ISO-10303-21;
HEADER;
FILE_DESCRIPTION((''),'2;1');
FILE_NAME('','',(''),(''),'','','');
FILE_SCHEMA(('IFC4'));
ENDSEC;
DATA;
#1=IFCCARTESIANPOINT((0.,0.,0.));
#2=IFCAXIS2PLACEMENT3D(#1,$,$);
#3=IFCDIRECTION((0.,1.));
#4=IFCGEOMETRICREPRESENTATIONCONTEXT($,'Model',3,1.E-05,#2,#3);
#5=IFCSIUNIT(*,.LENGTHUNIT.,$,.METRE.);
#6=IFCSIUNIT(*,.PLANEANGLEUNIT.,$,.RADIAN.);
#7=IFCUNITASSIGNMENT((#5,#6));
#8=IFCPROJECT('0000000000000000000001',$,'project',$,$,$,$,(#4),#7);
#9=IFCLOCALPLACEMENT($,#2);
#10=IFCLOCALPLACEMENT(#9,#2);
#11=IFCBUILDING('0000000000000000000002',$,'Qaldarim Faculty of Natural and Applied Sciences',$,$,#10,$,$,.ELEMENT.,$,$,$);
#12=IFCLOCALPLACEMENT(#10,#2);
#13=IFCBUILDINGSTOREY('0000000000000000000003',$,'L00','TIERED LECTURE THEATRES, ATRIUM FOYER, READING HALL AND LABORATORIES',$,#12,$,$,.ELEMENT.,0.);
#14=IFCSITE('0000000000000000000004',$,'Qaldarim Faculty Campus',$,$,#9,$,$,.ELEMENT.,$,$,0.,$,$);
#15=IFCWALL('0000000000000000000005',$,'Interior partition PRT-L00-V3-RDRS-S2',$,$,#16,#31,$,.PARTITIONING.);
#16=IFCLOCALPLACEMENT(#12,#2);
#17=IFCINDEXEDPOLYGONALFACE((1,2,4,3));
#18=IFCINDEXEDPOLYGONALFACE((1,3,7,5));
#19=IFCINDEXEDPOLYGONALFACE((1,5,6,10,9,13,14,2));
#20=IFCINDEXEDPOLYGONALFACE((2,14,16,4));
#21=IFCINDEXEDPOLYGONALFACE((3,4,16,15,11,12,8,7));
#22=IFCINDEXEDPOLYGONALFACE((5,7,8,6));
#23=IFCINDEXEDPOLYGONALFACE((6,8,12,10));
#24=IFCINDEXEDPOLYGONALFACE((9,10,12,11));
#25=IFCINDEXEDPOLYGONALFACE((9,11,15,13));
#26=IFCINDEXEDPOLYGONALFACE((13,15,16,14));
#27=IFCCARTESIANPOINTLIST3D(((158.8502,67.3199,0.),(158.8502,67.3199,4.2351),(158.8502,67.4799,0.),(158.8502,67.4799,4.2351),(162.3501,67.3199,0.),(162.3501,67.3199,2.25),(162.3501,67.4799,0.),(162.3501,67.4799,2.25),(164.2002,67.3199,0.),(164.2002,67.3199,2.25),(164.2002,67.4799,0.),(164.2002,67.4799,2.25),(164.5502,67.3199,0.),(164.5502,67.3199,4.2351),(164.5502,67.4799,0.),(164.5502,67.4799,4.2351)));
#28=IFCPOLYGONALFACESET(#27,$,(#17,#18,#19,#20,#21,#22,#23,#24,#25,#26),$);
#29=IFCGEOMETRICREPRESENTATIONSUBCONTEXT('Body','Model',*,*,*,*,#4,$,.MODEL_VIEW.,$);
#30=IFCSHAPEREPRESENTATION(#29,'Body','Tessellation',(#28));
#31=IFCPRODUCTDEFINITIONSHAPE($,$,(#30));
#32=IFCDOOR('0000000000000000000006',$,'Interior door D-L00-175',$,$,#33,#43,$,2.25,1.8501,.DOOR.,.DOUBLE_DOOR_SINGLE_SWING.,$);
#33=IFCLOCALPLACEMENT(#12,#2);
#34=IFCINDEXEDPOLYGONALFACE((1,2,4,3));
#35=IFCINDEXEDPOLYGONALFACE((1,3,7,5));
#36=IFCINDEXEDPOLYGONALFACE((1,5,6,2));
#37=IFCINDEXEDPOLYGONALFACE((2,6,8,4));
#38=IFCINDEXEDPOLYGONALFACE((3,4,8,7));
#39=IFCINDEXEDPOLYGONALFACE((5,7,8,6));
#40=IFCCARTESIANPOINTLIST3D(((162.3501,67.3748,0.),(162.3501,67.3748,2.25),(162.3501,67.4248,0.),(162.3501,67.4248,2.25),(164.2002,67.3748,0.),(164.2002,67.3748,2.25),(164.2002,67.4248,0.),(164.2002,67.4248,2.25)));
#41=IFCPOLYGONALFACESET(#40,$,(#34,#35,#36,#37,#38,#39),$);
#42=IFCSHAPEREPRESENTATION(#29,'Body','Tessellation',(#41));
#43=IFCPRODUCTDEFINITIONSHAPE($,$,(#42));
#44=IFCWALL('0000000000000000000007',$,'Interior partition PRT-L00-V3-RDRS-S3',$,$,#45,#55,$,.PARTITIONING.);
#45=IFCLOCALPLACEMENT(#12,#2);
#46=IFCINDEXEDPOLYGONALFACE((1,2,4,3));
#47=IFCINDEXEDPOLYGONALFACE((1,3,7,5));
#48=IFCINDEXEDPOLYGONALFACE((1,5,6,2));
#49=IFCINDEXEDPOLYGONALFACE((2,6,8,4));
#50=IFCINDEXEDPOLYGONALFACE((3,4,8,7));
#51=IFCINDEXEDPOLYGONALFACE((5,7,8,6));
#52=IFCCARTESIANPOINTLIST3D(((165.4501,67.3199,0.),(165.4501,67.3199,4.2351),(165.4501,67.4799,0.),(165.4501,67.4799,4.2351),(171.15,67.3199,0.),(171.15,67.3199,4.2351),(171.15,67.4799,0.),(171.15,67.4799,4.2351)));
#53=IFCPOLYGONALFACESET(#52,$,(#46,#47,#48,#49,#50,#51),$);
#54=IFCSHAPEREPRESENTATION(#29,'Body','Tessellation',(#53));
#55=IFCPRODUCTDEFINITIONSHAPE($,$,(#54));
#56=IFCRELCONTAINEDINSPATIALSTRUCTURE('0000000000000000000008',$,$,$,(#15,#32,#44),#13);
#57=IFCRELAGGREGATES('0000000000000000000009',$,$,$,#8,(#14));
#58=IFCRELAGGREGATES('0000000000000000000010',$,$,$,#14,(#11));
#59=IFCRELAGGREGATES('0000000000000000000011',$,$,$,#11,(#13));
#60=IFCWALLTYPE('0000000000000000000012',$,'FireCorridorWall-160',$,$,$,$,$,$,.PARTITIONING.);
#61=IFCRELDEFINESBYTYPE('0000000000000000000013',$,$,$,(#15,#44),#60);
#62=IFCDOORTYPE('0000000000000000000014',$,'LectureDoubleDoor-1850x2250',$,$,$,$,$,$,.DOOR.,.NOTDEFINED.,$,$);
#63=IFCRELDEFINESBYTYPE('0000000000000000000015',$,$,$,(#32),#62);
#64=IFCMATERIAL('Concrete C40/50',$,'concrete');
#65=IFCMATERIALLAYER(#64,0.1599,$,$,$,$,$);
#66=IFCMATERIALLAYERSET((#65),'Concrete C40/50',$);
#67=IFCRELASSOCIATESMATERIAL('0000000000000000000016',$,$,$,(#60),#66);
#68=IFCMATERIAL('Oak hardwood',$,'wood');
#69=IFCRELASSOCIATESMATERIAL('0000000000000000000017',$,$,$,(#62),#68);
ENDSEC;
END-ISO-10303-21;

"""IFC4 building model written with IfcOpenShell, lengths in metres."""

from ifc_helpers import new_model, si_unit, direction, frame, frame_2d, origin, place, context, subcontext, project, spatial, rectangle, extrude, material, layer, layer_set, type_object, element, fill, save


model = new_model("IFC4")

# Units and contexts
model_context = context("Model", 3, precision=1e-05, world=origin(), true_north=direction((0.0, 1.0)))
body_context = subcontext(model_context, "Body", "Model", "MODEL_VIEW")
ifc_project = project(units=[si_unit("LENGTHUNIT", "METRE"), si_unit("PLANEANGLEUNIT", "RADIAN")], contexts=[model_context])

# Site, building, storey
site_placement = place(None, origin())
site = spatial("IfcSite", under=ifc_project, at=site_placement, Name="Qaldarim Faculty Campus", CompositionType="ELEMENT", RefElevation=0.0)
building_placement = place(site_placement, origin())
building = spatial("IfcBuilding", under=site, at=building_placement, Name="Qaldarim Faculty of Natural and Applied Sciences", CompositionType="ELEMENT")
storey_placement = place(building_placement, origin())
storey = spatial("IfcBuildingStorey", under=building, at=storey_placement, Name="L00", Description="TIERED LECTURE THEATRES, ATRIUM FOYER, READING HALL AND LABORATORIES", CompositionType="ELEMENT", Elevation=0.0)

# Shared definitions
ifc_material_1 = material(Name="Concrete C40/50", Category="concrete")

# Wall, opening, door
ifc_layer_1 = layer(ifc_material_1, 0.1599)
ifc_layer_set_1 = layer_set([ifc_layer_1], Name="Concrete C40/50")
wall_type_1 = type_object("IfcWallType", Name="FireCorridorWall-160", PredefinedType="PARTITIONING", material=ifc_layer_set_1)
wall_1_placement = place(storey_placement, frame((158.8501, 67.3999, 0.0), z_axis=(0.0, 0.0, 1.0), x_axis=(1.0, 0.0, 0.0)))
wall_1 = element("IfcWall", 1, at=wall_1_placement, inside=storey, type_object=wall_type_1, Name="Interior partition PRT-L00-V3-RDRS-S2", PredefinedType="PARTITIONING", context=body_context, shape_type="SweptSolid", body=[
    extrude(rectangle(XDim=5.7, YDim=0.1599, at=frame_2d((2.8501, 0.0))), origin(), (0.0, 0.0, 1.0), 4.2351),
])
opening_1_placement = place(wall_1_placement, frame((3.5, 0.0, 0.0)))
opening_1 = element("IfcOpeningElement", 2, at=opening_1_placement, cuts=wall_1, PredefinedType="OPENING", context=body_context, shape_type="SweptSolid", body=[
    extrude(rectangle(XDim=1.8501, YDim=2.25, at=frame_2d((0.925, 1.125))), frame((0.0, 0.0898, 0.0), z_axis=(0.0, -1.0, 0.0), x_axis=(1.0, 0.0, 0.0)), (0.0, 0.0, 1.0), 0.1799),
])
ifc_material_2 = material(Name="Oak hardwood", Category="wood")
door_type_1 = type_object("IfcDoorType", Name="LectureDoubleDoor-1850x2250", OperationType="NOTDEFINED", PredefinedType="DOOR", material=ifc_material_2)
door_1_placement = place(opening_1_placement, origin())
door_1 = element("IfcDoor", 3, at=door_1_placement, inside=storey, type_object=door_type_1, Name="Interior door D-L00-175", OperationType="DOUBLE_DOOR_SINGLE_SWING", OverallHeight=2.25, OverallWidth=1.8501, PredefinedType="DOOR", context=body_context, shape_type="SweptSolid", body=[
    extrude(rectangle(XDim=1.8501, YDim=2.25, at=frame_2d((0.925, 1.125))), frame((0.0, 0.0249, 0.0), z_axis=(0.0, -1.0, 0.0), x_axis=(1.0, 0.0, 0.0)), (0.0, 0.0, 1.0), 0.05),
])
fill(opening_1, door_1)

# Wall
wall_2_placement = place(storey_placement, frame((165.45, 67.3999, 0.0), z_axis=(0.0, 0.0, 1.0), x_axis=(1.0, 0.0, 0.0)))
element("IfcWall", 4, at=wall_2_placement, inside=storey, type_object=wall_type_1, Name="Interior partition PRT-L00-V3-RDRS-S3", PredefinedType="PARTITIONING", context=body_context, shape_type="SweptSolid", body=[
    extrude(rectangle(XDim=5.7, YDim=0.1599, at=frame_2d((2.8501, 0.0))), origin(), (0.0, 0.0, 1.0), 4.2351),
])

save(model, "model.ifc")
